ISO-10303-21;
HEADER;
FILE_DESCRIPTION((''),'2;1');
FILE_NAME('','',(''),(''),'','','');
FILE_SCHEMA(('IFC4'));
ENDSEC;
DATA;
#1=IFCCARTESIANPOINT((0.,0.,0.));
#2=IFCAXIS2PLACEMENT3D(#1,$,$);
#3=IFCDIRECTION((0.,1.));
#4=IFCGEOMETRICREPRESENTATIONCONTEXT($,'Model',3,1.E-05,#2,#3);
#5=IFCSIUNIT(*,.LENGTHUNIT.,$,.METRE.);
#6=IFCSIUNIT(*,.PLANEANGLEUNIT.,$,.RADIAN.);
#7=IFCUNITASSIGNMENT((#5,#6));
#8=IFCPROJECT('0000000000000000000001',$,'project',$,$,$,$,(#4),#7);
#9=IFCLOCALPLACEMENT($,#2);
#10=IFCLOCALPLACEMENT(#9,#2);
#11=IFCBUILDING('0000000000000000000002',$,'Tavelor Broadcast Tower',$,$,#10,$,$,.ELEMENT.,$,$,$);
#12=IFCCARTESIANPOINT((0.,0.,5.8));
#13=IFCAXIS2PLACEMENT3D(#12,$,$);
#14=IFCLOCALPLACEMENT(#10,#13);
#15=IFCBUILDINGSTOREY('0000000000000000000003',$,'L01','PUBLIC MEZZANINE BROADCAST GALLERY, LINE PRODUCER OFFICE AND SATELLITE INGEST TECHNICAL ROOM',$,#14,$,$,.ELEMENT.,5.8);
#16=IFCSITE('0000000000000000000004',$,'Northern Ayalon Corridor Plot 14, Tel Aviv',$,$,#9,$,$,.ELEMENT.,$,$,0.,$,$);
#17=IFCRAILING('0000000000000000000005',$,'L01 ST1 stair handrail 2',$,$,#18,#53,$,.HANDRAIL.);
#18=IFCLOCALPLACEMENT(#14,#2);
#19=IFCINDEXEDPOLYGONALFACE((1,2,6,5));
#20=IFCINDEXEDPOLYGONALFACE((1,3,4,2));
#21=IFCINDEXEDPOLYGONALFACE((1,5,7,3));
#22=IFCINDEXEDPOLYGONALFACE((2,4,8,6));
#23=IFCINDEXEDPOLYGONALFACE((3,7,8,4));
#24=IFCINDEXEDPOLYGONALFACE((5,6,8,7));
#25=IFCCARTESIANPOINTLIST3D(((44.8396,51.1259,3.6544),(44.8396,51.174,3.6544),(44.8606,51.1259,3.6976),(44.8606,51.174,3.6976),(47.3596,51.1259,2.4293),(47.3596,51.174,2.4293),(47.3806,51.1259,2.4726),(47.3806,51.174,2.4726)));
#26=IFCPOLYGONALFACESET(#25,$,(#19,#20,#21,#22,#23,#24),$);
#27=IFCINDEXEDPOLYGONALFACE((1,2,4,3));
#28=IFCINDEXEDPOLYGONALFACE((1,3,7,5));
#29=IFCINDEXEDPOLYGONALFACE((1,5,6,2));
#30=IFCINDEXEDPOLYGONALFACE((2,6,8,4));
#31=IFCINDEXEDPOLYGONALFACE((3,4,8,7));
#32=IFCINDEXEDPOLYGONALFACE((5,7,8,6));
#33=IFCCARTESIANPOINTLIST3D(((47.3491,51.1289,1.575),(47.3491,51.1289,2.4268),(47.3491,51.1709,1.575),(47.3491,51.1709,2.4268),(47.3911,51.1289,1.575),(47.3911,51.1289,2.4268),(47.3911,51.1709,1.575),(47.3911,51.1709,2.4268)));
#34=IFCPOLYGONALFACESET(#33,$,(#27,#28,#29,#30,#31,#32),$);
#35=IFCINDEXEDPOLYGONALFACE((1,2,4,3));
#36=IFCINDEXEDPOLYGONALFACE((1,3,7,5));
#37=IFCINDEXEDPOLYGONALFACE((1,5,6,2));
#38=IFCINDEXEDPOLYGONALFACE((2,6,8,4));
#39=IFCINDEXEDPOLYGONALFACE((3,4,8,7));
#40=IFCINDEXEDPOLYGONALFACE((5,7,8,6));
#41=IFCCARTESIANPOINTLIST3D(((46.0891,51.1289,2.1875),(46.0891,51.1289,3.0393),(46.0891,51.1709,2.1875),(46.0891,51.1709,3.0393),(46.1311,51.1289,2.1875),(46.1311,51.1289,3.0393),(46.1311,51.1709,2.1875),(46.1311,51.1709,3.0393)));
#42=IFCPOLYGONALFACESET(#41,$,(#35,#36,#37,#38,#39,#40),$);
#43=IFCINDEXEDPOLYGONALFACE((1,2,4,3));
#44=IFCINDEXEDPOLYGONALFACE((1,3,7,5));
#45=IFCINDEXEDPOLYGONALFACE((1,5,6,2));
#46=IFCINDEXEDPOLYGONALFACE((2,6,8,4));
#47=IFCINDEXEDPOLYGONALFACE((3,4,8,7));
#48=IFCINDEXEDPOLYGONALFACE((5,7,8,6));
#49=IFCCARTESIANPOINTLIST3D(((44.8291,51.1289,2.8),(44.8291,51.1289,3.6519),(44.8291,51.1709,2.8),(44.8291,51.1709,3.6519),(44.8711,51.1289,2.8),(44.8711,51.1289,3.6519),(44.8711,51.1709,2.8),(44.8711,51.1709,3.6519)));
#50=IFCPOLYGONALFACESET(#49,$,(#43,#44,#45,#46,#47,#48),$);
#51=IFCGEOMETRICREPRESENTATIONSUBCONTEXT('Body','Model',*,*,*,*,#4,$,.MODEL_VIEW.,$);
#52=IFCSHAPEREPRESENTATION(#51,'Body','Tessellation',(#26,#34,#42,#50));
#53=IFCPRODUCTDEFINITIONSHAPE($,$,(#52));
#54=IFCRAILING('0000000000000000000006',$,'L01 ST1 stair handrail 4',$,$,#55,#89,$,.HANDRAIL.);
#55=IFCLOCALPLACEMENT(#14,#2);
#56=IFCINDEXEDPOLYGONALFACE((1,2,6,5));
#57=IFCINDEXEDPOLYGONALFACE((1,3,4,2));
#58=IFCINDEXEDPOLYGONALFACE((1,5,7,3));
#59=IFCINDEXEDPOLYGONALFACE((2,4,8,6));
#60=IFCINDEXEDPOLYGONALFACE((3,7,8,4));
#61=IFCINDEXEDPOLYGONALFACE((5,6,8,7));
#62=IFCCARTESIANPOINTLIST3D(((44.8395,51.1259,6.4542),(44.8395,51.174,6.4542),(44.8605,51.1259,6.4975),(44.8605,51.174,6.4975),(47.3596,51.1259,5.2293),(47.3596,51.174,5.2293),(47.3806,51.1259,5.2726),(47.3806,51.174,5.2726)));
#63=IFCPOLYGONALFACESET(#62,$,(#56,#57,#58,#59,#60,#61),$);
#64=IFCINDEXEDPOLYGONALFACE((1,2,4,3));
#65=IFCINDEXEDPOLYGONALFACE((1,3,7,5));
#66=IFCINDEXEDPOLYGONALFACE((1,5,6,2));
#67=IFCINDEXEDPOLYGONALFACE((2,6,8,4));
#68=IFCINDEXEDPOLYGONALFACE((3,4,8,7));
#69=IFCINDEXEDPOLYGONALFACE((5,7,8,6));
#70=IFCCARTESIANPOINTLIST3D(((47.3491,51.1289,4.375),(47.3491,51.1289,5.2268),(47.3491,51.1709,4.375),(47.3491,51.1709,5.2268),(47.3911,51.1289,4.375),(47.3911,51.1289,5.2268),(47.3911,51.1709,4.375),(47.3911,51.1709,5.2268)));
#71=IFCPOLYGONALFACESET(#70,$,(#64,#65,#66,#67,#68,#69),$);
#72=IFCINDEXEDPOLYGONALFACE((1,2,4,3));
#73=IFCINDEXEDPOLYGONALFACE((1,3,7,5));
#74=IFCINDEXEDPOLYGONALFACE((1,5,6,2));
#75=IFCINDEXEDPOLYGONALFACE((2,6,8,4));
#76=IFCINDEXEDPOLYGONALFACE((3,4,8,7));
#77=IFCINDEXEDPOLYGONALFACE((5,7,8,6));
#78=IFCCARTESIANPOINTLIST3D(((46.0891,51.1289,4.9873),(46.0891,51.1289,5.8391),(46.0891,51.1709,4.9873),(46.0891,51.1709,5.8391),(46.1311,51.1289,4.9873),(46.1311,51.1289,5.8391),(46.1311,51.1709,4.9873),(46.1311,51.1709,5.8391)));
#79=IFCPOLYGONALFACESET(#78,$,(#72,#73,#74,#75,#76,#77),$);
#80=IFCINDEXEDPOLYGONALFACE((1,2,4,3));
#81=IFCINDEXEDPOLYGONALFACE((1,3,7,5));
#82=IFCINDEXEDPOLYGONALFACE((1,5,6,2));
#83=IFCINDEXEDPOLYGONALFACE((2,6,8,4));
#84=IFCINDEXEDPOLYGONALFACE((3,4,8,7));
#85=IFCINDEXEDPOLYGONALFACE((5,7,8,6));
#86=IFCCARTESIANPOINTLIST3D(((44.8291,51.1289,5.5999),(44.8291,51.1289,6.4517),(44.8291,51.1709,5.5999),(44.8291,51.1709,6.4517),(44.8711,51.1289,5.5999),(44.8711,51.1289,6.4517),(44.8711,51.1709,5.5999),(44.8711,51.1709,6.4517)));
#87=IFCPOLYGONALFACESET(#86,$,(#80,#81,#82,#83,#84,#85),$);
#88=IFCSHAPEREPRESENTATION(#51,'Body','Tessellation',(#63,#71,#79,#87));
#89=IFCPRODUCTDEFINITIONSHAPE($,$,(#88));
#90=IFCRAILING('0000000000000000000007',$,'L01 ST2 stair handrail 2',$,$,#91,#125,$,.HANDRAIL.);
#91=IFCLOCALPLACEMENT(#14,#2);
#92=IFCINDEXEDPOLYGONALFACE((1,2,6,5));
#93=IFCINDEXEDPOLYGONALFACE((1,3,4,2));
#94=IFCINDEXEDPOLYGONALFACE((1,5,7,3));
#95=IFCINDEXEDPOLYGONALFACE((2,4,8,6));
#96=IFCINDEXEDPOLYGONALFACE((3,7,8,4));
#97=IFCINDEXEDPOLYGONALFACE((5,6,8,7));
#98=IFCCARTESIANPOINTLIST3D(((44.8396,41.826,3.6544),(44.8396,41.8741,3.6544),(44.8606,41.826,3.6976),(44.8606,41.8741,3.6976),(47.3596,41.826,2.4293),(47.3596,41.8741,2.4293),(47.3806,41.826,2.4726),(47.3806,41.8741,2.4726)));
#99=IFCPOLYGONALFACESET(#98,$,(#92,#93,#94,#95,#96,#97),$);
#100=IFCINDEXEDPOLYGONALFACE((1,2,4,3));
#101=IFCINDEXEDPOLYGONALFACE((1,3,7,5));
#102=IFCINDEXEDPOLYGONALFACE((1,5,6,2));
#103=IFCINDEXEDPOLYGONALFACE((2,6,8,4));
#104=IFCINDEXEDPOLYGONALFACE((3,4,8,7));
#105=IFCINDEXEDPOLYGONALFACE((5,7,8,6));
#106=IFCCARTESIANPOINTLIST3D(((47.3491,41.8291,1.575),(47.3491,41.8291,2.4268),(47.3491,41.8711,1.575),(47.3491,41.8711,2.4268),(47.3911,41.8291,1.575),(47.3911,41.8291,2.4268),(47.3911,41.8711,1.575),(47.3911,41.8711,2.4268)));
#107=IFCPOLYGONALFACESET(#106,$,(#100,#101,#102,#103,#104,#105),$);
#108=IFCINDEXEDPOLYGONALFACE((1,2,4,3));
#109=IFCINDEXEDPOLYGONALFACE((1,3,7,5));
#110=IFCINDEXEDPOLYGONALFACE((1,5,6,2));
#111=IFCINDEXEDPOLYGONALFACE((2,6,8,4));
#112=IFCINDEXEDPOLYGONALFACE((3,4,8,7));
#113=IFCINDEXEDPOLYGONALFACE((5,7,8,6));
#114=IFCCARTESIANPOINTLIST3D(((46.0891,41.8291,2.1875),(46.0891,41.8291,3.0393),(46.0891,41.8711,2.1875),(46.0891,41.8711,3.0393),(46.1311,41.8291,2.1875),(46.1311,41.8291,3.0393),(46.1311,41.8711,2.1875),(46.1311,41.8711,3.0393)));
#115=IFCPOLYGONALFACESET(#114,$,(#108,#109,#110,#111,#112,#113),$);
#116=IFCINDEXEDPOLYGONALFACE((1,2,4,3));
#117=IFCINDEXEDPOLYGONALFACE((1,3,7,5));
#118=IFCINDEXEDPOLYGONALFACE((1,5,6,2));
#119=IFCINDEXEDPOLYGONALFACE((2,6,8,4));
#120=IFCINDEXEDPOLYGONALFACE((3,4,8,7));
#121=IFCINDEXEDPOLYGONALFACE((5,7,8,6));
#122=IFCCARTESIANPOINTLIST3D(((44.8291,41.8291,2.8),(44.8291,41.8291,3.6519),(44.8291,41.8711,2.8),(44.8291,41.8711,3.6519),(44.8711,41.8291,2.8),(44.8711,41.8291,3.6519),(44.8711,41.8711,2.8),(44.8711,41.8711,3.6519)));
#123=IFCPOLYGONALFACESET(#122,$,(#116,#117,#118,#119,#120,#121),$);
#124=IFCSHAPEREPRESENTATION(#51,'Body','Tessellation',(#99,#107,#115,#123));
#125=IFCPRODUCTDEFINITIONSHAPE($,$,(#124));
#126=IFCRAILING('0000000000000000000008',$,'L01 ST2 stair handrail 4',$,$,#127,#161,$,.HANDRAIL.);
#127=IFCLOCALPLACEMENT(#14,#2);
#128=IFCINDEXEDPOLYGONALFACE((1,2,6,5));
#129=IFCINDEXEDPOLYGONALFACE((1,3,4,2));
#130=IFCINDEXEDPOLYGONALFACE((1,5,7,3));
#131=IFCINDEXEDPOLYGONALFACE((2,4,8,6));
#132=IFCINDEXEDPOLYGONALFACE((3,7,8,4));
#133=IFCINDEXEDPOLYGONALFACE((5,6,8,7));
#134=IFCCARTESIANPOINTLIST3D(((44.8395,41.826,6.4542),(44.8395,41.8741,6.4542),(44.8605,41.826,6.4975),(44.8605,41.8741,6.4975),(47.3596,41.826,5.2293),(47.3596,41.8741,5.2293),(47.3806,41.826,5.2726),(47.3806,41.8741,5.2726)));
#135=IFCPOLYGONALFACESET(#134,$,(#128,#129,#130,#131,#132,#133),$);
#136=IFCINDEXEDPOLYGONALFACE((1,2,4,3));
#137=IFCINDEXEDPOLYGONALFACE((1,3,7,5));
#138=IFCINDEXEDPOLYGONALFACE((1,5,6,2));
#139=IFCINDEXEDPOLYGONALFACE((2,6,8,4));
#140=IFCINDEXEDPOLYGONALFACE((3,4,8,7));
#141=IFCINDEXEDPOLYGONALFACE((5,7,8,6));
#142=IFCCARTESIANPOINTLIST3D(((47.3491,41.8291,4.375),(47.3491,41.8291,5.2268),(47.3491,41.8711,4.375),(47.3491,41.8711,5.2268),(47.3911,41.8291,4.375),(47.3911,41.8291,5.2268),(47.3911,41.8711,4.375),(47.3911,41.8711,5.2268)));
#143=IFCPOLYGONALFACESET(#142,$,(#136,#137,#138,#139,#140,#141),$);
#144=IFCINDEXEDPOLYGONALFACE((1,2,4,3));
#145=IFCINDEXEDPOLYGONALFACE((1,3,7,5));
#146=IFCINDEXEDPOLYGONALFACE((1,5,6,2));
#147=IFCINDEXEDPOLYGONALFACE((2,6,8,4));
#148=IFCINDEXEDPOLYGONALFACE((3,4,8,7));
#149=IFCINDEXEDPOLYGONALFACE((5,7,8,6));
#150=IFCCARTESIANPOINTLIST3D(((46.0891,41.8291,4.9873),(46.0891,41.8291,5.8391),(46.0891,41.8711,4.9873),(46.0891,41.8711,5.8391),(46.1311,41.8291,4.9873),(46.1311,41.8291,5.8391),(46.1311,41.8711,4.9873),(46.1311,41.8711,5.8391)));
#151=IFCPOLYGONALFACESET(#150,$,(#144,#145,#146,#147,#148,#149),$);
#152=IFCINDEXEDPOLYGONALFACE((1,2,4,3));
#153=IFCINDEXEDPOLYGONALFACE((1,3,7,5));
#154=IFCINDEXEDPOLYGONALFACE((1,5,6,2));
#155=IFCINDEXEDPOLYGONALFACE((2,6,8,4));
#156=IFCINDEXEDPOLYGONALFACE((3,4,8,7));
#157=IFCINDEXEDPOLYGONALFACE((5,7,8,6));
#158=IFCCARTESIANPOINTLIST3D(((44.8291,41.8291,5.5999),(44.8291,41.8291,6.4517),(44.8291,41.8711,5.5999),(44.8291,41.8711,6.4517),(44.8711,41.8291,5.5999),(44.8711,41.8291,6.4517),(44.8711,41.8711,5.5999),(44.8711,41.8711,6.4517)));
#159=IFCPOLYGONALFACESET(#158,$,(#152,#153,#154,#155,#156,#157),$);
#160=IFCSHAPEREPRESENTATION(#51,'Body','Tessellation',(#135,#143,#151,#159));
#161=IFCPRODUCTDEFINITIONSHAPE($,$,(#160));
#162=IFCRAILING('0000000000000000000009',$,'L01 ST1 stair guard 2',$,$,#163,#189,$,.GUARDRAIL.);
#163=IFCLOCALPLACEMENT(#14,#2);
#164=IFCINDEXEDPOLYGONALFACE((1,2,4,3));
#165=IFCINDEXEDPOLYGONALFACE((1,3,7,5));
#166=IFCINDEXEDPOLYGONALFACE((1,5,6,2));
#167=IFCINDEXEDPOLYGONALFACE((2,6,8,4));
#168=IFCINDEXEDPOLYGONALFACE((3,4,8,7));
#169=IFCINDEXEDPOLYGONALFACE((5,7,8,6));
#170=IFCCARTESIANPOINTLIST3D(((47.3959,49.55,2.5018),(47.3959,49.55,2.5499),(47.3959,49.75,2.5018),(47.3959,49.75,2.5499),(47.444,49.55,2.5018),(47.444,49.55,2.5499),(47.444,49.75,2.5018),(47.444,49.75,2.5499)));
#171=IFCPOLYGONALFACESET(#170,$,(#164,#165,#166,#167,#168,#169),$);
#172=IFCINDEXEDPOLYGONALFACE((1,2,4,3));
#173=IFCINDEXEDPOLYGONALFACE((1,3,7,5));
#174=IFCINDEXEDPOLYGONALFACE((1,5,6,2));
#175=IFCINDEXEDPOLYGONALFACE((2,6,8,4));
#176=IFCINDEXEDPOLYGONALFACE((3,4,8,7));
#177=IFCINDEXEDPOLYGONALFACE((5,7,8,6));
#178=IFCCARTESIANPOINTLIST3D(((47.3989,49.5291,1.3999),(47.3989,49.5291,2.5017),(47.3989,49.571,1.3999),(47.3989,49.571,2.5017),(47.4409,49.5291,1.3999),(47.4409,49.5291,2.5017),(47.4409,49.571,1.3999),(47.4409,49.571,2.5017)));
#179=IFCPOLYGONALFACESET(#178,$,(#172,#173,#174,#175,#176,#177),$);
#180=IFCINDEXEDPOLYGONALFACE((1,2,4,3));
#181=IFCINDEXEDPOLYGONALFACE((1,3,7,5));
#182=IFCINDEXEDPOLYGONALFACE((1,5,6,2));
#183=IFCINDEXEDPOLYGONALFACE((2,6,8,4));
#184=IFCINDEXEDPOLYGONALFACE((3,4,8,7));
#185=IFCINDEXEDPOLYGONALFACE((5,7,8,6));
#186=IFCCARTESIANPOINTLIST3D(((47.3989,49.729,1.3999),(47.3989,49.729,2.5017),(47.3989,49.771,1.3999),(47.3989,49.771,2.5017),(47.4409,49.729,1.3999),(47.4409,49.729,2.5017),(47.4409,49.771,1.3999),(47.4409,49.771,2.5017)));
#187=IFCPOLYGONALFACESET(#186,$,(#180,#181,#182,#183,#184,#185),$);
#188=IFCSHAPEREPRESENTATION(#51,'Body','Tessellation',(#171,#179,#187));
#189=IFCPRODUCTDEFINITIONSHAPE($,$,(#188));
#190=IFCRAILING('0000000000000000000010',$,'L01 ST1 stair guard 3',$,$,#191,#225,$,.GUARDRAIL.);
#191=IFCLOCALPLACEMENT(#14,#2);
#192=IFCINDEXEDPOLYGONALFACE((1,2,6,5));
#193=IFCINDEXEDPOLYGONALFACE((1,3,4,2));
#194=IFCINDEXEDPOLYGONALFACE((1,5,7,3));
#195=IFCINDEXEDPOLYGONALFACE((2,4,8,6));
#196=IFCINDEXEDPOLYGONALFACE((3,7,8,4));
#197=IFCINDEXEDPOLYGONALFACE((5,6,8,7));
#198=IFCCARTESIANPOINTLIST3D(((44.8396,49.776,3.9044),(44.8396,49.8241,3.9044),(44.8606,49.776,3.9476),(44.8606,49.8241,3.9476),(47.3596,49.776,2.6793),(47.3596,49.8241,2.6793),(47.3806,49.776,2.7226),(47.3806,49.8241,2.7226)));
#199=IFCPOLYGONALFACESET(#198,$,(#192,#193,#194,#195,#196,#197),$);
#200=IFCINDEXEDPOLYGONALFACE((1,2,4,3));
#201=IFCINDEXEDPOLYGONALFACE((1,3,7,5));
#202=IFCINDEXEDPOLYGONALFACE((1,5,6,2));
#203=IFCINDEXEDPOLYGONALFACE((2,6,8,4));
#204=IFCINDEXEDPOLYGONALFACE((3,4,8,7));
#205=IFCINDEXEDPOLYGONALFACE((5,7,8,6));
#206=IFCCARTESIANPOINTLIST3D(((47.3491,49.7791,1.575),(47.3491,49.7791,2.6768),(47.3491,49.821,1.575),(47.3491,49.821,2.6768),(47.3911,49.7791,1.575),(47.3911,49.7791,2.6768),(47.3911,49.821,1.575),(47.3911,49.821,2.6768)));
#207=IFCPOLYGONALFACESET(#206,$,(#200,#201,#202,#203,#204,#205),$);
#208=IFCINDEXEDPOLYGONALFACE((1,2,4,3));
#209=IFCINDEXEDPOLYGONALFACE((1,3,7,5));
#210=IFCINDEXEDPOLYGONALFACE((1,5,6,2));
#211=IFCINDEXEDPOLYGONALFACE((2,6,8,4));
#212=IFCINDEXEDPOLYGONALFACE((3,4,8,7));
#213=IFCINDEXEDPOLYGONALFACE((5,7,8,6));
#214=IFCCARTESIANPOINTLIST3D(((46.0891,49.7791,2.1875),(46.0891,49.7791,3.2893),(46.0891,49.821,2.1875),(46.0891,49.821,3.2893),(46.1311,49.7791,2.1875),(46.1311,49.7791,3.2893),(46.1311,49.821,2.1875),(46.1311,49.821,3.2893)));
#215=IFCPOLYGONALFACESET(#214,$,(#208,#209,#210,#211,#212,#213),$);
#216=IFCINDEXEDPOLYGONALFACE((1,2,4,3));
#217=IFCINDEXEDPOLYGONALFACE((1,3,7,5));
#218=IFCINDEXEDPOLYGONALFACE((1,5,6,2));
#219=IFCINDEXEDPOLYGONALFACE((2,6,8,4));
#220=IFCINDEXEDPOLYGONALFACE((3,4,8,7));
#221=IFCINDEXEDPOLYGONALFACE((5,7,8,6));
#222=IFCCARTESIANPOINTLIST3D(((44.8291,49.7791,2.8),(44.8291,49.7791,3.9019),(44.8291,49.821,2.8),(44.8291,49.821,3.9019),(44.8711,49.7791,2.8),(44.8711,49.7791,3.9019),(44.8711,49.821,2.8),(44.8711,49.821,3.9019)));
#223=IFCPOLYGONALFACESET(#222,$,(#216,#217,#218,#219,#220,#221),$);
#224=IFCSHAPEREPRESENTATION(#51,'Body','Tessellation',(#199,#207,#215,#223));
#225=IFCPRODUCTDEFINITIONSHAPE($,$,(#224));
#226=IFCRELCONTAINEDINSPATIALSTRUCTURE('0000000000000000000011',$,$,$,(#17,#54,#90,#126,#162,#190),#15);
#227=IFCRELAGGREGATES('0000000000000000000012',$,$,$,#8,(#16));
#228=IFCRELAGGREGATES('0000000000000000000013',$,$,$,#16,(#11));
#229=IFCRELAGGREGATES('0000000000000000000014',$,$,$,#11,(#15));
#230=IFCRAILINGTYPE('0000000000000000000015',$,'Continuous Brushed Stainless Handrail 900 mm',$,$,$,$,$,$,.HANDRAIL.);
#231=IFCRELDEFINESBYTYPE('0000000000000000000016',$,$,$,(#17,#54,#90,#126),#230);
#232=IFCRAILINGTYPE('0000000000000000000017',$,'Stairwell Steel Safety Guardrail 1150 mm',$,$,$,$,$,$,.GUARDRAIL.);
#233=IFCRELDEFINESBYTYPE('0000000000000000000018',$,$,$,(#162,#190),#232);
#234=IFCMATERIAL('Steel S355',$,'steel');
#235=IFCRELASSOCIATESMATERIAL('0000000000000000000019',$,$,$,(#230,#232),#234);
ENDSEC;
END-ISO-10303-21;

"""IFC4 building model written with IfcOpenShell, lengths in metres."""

from ifc_helpers import new_model, si_unit, direction, frame, origin, origin_2d, place, context, subcontext, project, spatial, rectangle, extrude, material, type_object, element, save


model = new_model("IFC4")

# Units and contexts
model_context = context("Model", 3, precision=1e-05, world=origin(), true_north=direction((0.0, 1.0)))
body_context = subcontext(model_context, "Body", "Model", "MODEL_VIEW")
ifc_project = project(units=[si_unit("LENGTHUNIT", "METRE"), si_unit("PLANEANGLEUNIT", "RADIAN")], contexts=[model_context])

# Site, building, storey
site_placement = place(None, origin())
site = spatial("IfcSite", under=ifc_project, at=site_placement, Name="Northern Ayalon Corridor Plot 14, Tel Aviv", CompositionType="ELEMENT", RefElevation=0.0)
building_placement = place(site_placement, origin())
building = spatial("IfcBuilding", under=site, at=building_placement, Name="Tavelor Broadcast Tower", CompositionType="ELEMENT")
storey_placement = place(building_placement, frame((0.0, 0.0, 5.8)))
storey = spatial("IfcBuildingStorey", under=building, at=storey_placement, Name="L01", Description="PUBLIC MEZZANINE BROADCAST GALLERY, LINE PRODUCER OFFICE AND SATELLITE INGEST TECHNICAL ROOM", CompositionType="ELEMENT", Elevation=5.8)

# Shared definitions
ifc_material_1 = material(Name="Steel S355", Category="steel")

# Railings
railing_type_1 = type_object("IfcRailingType", Name="Continuous Brushed Stainless Handrail 900 mm", PredefinedType="HANDRAIL", material=ifc_material_1)
railing_1_placement = place(storey_placement, frame((47.3701, 51.1499, 1.575)))
element("IfcRailing", 1, at=railing_1_placement, inside=storey, type_object=railing_type_1, Name="L01 ST1 stair handrail 2", PredefinedType="HANDRAIL", context=body_context, shape_type="SweptSolid", body=[
    extrude(rectangle(XDim=0.0481, YDim=0.0481, at=origin_2d()), frame((0.0, 0.0, 0.876), z_axis=(-0.899355, 0.0, 0.437218), x_axis=(0.0, -1.0, 0.0)), (0.0, 0.0, 1.0), 2.802),
    extrude(rectangle(XDim=0.042, YDim=0.042, at=origin_2d()), origin(), (0.0, 0.0, 1.0), 0.8518),
    extrude(rectangle(XDim=0.042, YDim=0.042, at=origin_2d()), frame((-1.26, 0.0, 0.6125)), (0.0, 0.0, 1.0), 0.8518),
    extrude(rectangle(XDim=0.042, YDim=0.042, at=origin_2d()), frame((-2.52, 0.0, 1.2251)), (0.0, 0.0, 1.0), 0.8518),
])
railing_2_placement = place(storey_placement, frame((47.3701, 51.1499, 4.375)))
element("IfcRailing", 2, at=railing_2_placement, inside=storey, type_object=railing_type_1, Name="L01 ST1 stair handrail 4", PredefinedType="HANDRAIL", context=body_context, shape_type="SweptSolid", body=[
    extrude(rectangle(XDim=0.0481, YDim=0.0481, at=origin_2d()), frame((0.0, 0.0, 0.876), z_axis=(-0.89939, 0.0, 0.437148), x_axis=(0.0, -1.0, 0.0)), (0.0, 0.0, 1.0), 2.802),
    extrude(rectangle(XDim=0.042, YDim=0.042, at=origin_2d()), origin(), (0.0, 0.0, 1.0), 0.8518),
    extrude(rectangle(XDim=0.042, YDim=0.042, at=origin_2d()), frame((-1.26, 0.0, 0.6123)), (0.0, 0.0, 1.0), 0.8518),
    extrude(rectangle(XDim=0.042, YDim=0.042, at=origin_2d()), frame((-2.52, 0.0, 1.2249)), (0.0, 0.0, 1.0), 0.8518),
])
railing_3_placement = place(storey_placement, frame((47.3701, 41.8501, 1.575)))
element("IfcRailing", 3, at=railing_3_placement, inside=storey, type_object=railing_type_1, Name="L01 ST2 stair handrail 2", PredefinedType="HANDRAIL", context=body_context, shape_type="SweptSolid", body=[
    extrude(rectangle(XDim=0.0481, YDim=0.0481, at=origin_2d()), frame((0.0, 0.0, 0.876), z_axis=(-0.899355, 0.0, 0.437218), x_axis=(0.0, -1.0, 0.0)), (0.0, 0.0, 1.0), 2.802),
    extrude(rectangle(XDim=0.042, YDim=0.042, at=origin_2d()), origin(), (0.0, 0.0, 1.0), 0.8518),
    extrude(rectangle(XDim=0.042, YDim=0.042, at=origin_2d()), frame((-1.26, 0.0, 0.6125)), (0.0, 0.0, 1.0), 0.8518),
    extrude(rectangle(XDim=0.042, YDim=0.042, at=origin_2d()), frame((-2.52, 0.0, 1.2251)), (0.0, 0.0, 1.0), 0.8518),
])
railing_4_placement = place(storey_placement, frame((47.3701, 41.8501, 4.375)))
element("IfcRailing", 4, at=railing_4_placement, inside=storey, type_object=railing_type_1, Name="L01 ST2 stair handrail 4", PredefinedType="HANDRAIL", context=body_context, shape_type="SweptSolid", body=[
    extrude(rectangle(XDim=0.0481, YDim=0.0481, at=origin_2d()), frame((0.0, 0.0, 0.876), z_axis=(-0.89939, 0.0, 0.437148), x_axis=(0.0, -1.0, 0.0)), (0.0, 0.0, 1.0), 2.802),
    extrude(rectangle(XDim=0.042, YDim=0.042, at=origin_2d()), origin(), (0.0, 0.0, 1.0), 0.8518),
    extrude(rectangle(XDim=0.042, YDim=0.042, at=origin_2d()), frame((-1.26, 0.0, 0.6123)), (0.0, 0.0, 1.0), 0.8518),
    extrude(rectangle(XDim=0.042, YDim=0.042, at=origin_2d()), frame((-2.52, 0.0, 1.2249)), (0.0, 0.0, 1.0), 0.8518),
])
railing_type_2 = type_object("IfcRailingType", Name="Stairwell Steel Safety Guardrail 1150 mm", PredefinedType="GUARDRAIL", material=ifc_material_1)
railing_5_placement = place(storey_placement, frame((47.4199, 49.55, 1.3999)))
element("IfcRailing", 5, at=railing_5_placement, inside=storey, type_object=railing_type_2, Name="L01 ST1 stair guard 2", PredefinedType="GUARDRAIL", context=body_context, shape_type="SweptSolid", body=[
    extrude(rectangle(XDim=0.0481, YDim=0.0481, at=origin_2d()), frame((0.0, 0.0, 1.126), z_axis=(0.0, 1.0, 0.0), x_axis=(-1.0, 0.0, 0.0)), (0.0, 0.0, 1.0), 0.2),
    extrude(rectangle(XDim=0.042, YDim=0.042, at=origin_2d()), origin(), (0.0, 0.0, 1.0), 1.1018),
    extrude(rectangle(XDim=0.042, YDim=0.042, at=origin_2d()), frame((0.0, 0.2, 0.0)), (0.0, 0.0, 1.0), 1.1018),
])
railing_6_placement = place(storey_placement, frame((47.3701, 49.8, 1.575)))
element("IfcRailing", 6, at=railing_6_placement, inside=storey, type_object=railing_type_2, Name="L01 ST1 stair guard 3", PredefinedType="GUARDRAIL", context=body_context, shape_type="SweptSolid", body=[
    extrude(rectangle(XDim=0.0481, YDim=0.0481, at=origin_2d()), frame((0.0, 0.0, 1.126), z_axis=(-0.899355, 0.0, 0.437218), x_axis=(0.0, -1.0, 0.0)), (0.0, 0.0, 1.0), 2.802),
    extrude(rectangle(XDim=0.042, YDim=0.042, at=origin_2d()), origin(), (0.0, 0.0, 1.0), 1.1018),
    extrude(rectangle(XDim=0.042, YDim=0.042, at=origin_2d()), frame((-1.26, 0.0, 0.6125)), (0.0, 0.0, 1.0), 1.1018),
    extrude(rectangle(XDim=0.042, YDim=0.042, at=origin_2d()), frame((-2.52, 0.0, 1.2251)), (0.0, 0.0, 1.0), 1.1018),
])

save(model, "model.ifc")
